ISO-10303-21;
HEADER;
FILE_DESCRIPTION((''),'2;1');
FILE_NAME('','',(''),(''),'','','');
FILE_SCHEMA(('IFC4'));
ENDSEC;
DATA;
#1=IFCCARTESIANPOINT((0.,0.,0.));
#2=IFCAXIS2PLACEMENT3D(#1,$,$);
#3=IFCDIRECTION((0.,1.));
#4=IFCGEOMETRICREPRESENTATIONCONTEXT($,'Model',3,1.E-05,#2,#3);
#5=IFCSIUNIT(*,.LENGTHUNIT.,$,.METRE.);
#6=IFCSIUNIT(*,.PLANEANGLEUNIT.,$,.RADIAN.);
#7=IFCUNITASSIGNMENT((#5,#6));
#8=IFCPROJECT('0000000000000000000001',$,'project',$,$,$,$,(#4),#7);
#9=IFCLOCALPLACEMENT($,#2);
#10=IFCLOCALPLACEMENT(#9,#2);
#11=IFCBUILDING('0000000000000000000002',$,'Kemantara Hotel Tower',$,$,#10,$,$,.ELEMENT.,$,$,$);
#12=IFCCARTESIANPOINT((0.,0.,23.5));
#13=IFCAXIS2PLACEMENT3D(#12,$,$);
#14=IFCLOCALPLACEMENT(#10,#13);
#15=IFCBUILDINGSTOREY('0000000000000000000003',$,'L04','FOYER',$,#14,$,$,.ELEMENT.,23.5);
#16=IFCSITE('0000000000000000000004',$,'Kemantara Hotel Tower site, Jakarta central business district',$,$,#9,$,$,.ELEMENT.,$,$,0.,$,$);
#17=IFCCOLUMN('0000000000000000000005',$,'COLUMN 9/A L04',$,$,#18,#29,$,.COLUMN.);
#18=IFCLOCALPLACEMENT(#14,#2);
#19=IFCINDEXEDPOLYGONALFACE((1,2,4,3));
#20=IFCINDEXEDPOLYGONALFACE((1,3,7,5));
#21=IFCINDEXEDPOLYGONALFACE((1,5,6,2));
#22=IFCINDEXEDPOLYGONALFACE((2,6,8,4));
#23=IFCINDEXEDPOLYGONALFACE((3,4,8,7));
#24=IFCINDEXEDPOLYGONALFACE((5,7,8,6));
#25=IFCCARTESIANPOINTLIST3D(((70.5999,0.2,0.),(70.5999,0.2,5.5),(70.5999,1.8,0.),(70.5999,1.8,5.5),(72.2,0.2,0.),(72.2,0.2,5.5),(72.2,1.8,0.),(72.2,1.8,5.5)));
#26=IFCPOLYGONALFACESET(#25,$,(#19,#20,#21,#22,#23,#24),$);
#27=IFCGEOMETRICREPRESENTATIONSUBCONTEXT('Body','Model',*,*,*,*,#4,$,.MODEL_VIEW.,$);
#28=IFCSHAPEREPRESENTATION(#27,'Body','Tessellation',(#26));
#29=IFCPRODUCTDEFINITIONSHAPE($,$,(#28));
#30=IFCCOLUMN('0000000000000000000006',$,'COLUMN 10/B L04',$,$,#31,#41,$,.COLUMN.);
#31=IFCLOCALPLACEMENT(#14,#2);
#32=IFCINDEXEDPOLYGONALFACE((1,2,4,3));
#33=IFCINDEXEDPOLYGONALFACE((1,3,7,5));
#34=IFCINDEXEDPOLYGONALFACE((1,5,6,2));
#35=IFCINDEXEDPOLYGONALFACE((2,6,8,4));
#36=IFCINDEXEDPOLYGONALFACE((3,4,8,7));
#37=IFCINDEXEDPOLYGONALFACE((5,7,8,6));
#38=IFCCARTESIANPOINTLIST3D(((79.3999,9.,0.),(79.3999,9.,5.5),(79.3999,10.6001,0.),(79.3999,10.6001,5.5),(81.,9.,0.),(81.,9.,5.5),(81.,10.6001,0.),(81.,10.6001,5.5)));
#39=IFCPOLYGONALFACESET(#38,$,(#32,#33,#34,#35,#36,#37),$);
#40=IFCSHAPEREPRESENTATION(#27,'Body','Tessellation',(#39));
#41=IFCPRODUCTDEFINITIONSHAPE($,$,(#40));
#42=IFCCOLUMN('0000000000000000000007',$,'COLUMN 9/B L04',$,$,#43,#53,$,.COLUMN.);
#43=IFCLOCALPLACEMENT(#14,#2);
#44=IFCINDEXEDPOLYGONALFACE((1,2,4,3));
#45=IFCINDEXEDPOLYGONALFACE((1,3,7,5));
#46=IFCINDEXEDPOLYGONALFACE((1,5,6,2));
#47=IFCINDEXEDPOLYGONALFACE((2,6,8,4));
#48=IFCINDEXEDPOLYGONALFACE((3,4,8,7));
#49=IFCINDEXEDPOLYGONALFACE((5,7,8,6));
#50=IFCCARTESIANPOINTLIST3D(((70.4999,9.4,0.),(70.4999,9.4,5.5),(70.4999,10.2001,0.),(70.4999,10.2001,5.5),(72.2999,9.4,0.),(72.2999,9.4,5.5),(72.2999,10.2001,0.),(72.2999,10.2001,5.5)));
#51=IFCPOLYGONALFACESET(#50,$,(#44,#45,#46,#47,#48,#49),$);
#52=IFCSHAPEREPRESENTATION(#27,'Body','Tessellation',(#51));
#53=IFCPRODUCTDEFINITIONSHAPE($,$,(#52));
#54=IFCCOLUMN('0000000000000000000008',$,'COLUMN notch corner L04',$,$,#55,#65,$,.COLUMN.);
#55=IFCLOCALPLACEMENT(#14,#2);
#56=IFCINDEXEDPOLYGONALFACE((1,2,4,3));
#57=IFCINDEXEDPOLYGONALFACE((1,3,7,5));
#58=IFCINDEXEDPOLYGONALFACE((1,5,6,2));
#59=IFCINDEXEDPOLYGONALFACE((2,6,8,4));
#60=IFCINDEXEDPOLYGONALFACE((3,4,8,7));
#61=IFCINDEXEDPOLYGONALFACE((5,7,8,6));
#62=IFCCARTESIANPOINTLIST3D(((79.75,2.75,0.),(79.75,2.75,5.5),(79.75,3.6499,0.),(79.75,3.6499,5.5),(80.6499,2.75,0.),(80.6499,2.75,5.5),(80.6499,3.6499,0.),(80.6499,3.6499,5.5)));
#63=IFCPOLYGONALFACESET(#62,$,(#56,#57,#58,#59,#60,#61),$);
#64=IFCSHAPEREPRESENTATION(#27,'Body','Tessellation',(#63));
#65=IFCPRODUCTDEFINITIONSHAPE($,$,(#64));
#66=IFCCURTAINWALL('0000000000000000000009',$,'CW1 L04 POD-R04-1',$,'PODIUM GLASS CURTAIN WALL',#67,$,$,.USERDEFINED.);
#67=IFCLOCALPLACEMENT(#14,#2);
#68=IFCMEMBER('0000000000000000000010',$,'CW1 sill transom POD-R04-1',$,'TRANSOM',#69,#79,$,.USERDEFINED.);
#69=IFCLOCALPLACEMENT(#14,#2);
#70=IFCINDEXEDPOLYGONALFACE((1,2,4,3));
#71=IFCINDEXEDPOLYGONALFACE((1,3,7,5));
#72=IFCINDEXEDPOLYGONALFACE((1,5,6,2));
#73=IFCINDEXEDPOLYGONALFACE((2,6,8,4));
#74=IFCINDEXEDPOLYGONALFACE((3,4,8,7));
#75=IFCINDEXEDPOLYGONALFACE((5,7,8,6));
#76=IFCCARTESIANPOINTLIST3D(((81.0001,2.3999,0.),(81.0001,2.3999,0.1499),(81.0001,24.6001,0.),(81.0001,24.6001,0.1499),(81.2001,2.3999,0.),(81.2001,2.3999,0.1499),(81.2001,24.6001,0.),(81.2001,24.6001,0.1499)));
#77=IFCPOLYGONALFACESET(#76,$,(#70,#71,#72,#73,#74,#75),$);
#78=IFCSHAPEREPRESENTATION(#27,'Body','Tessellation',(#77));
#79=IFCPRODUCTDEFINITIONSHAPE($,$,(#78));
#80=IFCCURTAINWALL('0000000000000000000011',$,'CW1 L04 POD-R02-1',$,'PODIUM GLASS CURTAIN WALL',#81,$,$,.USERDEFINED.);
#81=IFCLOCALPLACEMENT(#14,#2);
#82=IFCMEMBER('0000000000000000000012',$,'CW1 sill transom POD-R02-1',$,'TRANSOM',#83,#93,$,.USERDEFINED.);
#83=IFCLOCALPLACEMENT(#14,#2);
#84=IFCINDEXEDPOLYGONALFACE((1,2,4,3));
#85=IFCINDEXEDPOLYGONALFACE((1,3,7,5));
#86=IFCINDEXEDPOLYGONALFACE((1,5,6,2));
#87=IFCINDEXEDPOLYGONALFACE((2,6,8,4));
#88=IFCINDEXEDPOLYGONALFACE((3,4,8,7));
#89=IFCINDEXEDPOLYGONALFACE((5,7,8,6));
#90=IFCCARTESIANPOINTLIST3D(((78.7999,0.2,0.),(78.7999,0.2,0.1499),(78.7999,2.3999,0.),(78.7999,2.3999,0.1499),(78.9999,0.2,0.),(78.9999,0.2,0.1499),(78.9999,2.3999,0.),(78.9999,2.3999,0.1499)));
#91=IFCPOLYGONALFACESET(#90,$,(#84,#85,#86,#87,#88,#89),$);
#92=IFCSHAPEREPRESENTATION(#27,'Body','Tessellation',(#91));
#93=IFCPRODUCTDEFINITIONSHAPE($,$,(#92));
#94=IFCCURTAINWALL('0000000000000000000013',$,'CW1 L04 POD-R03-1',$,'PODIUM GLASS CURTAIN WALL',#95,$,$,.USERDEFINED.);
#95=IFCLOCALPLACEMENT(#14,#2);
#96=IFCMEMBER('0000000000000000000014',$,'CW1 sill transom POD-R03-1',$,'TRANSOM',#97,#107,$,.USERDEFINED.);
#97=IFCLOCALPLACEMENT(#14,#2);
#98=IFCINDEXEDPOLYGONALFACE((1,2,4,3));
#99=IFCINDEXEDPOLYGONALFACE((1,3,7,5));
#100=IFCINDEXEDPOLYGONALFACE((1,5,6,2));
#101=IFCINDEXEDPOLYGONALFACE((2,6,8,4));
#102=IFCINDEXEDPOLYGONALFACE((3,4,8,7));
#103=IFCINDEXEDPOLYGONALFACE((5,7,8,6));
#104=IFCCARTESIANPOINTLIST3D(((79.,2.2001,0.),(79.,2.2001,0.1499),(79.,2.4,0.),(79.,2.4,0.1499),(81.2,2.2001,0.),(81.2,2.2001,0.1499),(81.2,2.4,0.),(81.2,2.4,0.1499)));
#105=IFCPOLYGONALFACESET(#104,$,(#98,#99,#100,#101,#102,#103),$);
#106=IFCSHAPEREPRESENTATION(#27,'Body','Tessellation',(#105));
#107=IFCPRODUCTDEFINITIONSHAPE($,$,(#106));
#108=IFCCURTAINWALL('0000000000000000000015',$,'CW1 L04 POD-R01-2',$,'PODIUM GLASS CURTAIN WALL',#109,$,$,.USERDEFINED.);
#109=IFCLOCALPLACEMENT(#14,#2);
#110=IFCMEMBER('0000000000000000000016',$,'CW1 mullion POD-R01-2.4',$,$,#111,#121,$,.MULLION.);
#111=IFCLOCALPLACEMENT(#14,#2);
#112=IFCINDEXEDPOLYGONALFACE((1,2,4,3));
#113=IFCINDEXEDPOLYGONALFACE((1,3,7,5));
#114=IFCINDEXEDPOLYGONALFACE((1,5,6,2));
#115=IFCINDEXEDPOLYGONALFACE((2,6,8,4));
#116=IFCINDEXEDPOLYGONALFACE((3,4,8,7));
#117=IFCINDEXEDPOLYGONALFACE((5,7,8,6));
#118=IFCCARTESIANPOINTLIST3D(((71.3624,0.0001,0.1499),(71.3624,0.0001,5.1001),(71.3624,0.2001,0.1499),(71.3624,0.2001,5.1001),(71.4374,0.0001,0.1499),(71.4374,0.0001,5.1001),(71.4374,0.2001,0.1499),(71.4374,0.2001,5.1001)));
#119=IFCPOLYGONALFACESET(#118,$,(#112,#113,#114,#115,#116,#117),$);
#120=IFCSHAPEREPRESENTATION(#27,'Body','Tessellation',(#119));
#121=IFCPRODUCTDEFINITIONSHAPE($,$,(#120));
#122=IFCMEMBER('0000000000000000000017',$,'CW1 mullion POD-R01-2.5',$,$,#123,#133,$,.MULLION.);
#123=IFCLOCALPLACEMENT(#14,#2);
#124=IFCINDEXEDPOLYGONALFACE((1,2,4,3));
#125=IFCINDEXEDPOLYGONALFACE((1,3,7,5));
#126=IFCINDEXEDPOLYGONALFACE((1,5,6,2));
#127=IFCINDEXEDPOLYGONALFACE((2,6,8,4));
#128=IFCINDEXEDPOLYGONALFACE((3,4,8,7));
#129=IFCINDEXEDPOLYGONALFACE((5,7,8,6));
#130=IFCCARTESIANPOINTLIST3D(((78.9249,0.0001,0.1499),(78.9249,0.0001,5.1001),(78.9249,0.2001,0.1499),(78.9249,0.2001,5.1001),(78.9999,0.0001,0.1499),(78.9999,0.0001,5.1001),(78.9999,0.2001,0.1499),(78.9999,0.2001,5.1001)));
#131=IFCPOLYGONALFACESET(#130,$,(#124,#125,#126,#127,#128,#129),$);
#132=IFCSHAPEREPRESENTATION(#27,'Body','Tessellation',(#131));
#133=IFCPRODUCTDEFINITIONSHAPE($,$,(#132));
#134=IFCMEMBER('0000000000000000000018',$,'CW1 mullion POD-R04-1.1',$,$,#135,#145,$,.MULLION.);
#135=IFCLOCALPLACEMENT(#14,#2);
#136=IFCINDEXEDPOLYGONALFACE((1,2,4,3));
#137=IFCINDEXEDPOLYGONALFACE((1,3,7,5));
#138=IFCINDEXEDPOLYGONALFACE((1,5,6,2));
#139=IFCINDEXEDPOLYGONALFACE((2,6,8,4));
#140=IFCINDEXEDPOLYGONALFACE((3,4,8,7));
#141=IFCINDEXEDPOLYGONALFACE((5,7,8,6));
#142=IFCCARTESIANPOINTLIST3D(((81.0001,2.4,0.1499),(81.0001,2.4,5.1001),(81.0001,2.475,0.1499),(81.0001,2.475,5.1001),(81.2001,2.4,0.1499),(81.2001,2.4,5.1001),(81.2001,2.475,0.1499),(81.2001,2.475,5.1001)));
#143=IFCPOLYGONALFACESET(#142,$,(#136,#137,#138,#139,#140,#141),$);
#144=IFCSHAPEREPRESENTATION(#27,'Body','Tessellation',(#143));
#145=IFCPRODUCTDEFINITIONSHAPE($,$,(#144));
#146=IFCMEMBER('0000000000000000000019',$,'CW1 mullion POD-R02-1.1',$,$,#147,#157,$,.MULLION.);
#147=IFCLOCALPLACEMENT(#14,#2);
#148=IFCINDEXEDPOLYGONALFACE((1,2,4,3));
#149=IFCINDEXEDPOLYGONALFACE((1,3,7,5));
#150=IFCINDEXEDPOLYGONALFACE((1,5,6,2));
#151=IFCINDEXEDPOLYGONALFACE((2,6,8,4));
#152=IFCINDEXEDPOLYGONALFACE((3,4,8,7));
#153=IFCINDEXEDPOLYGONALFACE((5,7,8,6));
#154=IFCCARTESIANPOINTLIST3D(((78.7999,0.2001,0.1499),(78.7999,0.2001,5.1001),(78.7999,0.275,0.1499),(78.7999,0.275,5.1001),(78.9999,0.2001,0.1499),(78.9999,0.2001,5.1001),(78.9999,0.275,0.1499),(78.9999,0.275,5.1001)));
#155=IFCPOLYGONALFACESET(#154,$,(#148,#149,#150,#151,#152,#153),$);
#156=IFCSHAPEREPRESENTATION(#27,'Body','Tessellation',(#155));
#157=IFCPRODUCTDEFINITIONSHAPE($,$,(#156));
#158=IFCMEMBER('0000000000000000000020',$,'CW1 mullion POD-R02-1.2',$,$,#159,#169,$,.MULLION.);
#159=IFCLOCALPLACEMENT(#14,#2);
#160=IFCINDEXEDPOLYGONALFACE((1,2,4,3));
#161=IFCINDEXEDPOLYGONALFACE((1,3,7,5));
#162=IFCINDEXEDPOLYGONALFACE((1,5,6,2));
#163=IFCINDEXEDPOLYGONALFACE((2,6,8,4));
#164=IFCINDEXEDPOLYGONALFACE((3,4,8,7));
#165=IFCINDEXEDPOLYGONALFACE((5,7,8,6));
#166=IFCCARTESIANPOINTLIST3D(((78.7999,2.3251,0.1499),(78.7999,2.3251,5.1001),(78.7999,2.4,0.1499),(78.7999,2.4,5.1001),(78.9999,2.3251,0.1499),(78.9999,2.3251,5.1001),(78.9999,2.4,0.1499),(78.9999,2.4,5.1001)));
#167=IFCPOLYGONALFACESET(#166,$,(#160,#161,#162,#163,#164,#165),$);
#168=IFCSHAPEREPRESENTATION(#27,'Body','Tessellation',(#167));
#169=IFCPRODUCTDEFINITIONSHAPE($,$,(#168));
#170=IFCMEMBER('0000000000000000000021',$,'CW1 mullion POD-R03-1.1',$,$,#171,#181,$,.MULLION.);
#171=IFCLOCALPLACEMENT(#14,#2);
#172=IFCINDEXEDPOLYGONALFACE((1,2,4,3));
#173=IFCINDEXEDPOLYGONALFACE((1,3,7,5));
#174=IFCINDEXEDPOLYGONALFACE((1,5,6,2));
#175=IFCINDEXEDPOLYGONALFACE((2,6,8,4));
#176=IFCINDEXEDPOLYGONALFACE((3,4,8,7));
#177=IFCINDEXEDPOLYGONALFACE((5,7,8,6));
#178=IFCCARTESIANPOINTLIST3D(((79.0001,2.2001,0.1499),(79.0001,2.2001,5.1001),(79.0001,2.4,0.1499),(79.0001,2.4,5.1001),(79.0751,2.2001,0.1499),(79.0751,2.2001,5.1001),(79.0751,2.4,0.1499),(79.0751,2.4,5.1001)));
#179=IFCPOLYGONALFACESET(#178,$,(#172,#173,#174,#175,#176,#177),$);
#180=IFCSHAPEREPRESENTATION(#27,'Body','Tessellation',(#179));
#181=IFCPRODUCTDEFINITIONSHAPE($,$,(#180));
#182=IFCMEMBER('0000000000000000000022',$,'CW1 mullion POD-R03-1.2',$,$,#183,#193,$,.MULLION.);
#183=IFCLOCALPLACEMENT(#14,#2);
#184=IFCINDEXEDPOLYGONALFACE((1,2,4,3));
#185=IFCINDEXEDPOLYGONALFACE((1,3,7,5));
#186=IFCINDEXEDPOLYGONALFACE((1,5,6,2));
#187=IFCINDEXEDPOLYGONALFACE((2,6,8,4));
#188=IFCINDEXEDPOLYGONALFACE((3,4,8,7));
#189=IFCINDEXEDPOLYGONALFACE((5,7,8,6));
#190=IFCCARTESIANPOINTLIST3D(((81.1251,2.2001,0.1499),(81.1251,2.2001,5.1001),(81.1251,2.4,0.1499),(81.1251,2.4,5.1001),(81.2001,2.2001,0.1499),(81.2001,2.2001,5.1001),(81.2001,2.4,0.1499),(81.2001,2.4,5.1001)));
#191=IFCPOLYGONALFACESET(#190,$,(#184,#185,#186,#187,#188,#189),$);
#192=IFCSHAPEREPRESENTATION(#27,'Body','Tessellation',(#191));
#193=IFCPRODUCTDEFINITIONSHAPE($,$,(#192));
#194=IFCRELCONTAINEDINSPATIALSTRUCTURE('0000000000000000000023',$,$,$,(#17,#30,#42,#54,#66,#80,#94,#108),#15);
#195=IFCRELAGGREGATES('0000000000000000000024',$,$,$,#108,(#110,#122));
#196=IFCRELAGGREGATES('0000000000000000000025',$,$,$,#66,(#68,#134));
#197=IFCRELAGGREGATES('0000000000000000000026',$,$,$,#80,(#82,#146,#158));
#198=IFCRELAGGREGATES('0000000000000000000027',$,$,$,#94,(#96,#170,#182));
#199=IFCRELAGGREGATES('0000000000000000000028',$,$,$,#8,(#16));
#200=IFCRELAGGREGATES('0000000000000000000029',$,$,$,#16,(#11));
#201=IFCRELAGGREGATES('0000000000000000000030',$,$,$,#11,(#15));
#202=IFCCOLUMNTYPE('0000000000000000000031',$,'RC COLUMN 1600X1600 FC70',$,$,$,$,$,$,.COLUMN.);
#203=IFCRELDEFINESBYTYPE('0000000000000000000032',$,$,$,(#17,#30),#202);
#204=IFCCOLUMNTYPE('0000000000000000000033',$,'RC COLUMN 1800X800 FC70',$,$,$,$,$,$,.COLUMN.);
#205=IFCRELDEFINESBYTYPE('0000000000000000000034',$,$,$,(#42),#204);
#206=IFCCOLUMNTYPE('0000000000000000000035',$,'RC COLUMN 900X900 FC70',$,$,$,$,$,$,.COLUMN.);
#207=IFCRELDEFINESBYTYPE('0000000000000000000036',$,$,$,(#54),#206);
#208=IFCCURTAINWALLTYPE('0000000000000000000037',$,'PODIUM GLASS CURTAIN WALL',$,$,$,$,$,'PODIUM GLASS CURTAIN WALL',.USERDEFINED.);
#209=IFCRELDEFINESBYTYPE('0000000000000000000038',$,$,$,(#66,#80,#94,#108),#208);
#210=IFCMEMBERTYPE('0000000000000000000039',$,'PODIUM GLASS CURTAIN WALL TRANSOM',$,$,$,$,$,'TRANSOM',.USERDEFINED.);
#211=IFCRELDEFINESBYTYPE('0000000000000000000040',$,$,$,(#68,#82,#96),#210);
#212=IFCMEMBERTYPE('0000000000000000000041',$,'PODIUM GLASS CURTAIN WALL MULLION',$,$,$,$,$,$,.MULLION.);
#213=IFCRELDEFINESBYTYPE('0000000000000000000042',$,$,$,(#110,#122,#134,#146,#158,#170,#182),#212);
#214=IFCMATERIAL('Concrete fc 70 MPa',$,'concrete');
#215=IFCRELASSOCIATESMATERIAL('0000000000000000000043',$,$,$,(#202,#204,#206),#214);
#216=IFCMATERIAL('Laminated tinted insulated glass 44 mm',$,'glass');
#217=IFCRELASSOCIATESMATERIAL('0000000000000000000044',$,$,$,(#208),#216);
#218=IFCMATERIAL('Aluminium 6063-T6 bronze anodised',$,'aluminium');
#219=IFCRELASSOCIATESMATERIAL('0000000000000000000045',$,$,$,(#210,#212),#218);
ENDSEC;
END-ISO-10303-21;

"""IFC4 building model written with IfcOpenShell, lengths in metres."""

from ifc_helpers import new_model, si_unit, direction, frame, origin, origin_2d, place, context, subcontext, project, spatial, rectangle, extrude, source, transform, mapped, material, material_profile, profile_set, type_object, element, aggregate, save


model = new_model("IFC4")

# Units and contexts
model_context = context("Model", 3, precision=1e-05, world=origin(), true_north=direction((0.0, 1.0)))
body_context = subcontext(model_context, "Body", "Model", "MODEL_VIEW")
ifc_project = project(units=[si_unit("LENGTHUNIT", "METRE"), si_unit("PLANEANGLEUNIT", "RADIAN")], contexts=[model_context])

# Site, building, storey
site_placement = place(None, origin())
site = spatial("IfcSite", under=ifc_project, at=site_placement, Name="Kemantara Hotel Tower site, Jakarta central business district", CompositionType="ELEMENT", RefElevation=0.0)
building_placement = place(site_placement, origin())
building = spatial("IfcBuilding", under=site, at=building_placement, Name="Kemantara Hotel Tower", CompositionType="ELEMENT")
storey_placement = place(building_placement, frame((0.0, 0.0, 23.5)))
storey = spatial("IfcBuildingStorey", under=building, at=storey_placement, Name="L04", Description="FOYER", CompositionType="ELEMENT", Elevation=23.5)

# Columns
ifc_material_1 = material(Name="Concrete fc 70 MPa", Category="concrete")
ifc_material_profile_1 = material_profile(ifc_material_1, rectangle(XDim=1.6001, YDim=1.6001, at=origin_2d()), Name="RC 1600X1600")
ifc_profile_set_1 = profile_set([ifc_material_profile_1], Name="Concrete fc 70 MPa")
column_type_1 = type_object("IfcColumnType", Name="RC COLUMN 1600X1600 FC70", PredefinedType="COLUMN", material=ifc_profile_set_1)
for number, where, z_axis, x_axis, name in (
    (1, (71.3999, 1.0, 0.0), (0.0, 0.0, 1.0), (1.0, 0.0, 0.0), "COLUMN 9/A L04"),
    (2, (80.2, 9.8, 0.0), (0.0, 0.0, 1.0), (1.0, 0.0, 0.0), "COLUMN 10/B L04"),
):
    element("IfcColumn", number, at=place(storey_placement, frame(where, z_axis=z_axis, x_axis=x_axis)), inside=storey, type_object=column_type_1, Name=name, PredefinedType="COLUMN", context=body_context, shape_type="SweptSolid", body=[
        extrude(rectangle(XDim=1.6001, YDim=1.6001, at=origin_2d()), origin(), (0.0, 0.0, 1.0), 5.5),
    ])
ifc_material_profile_2 = material_profile(ifc_material_1, rectangle(XDim=1.8, YDim=0.8, at=origin_2d()), Name="RC 1800X800")
ifc_profile_set_2 = profile_set([ifc_material_profile_2], Name="Concrete fc 70 MPa")
column_type_2 = type_object("IfcColumnType", Name="RC COLUMN 1800X800 FC70", PredefinedType="COLUMN", material=ifc_profile_set_2)
column_1_placement = place(storey_placement, frame((71.3999, 9.8, 0.0), z_axis=(0.0, 0.0, 1.0), x_axis=(1.0, 0.0, 0.0)))
element("IfcColumn", 3, at=column_1_placement, inside=storey, type_object=column_type_2, Name="COLUMN 9/B L04", PredefinedType="COLUMN", context=body_context, shape_type="SweptSolid", body=[
    extrude(rectangle(XDim=1.8, YDim=0.8, at=origin_2d()), origin(), (0.0, 0.0, 1.0), 5.5),
])
ifc_material_profile_3 = material_profile(ifc_material_1, rectangle(XDim=0.8999, YDim=0.8999, at=origin_2d()), Name="RC 900X900")
ifc_profile_set_3 = profile_set([ifc_material_profile_3], Name="Concrete fc 70 MPa")
column_type_3 = type_object("IfcColumnType", Name="RC COLUMN 900X900 FC70", PredefinedType="COLUMN", material=ifc_profile_set_3)
column_2_placement = place(storey_placement, frame((80.2, 3.2, 0.0), z_axis=(0.0, 0.0, 1.0), x_axis=(1.0, 0.0, 0.0)))
element("IfcColumn", 4, at=column_2_placement, inside=storey, type_object=column_type_3, Name="COLUMN notch corner L04", PredefinedType="COLUMN", context=body_context, shape_type="SweptSolid", body=[
    extrude(rectangle(XDim=0.8999, YDim=0.8999, at=origin_2d()), origin(), (0.0, 0.0, 1.0), 5.5),
])

# Curtain walls, members
ifc_material_2 = material(Name="Laminated tinted insulated glass 44 mm", Category="glass")
curtain_wall_type = type_object("IfcCurtainWallType", Name="PODIUM GLASS CURTAIN WALL", ElementType="PODIUM GLASS CURTAIN WALL", PredefinedType="USERDEFINED", material=ifc_material_2)
curtain_wall_1_placement = place(storey_placement, origin())
curtain_wall_1 = element("IfcCurtainWall", 5, at=curtain_wall_1_placement, inside=storey, type_object=curtain_wall_type, Name="CW1 L04 POD-R04-1", ObjectType="PODIUM GLASS CURTAIN WALL", PredefinedType="USERDEFINED")
ifc_material_3 = material(Name="Aluminium 6063-T6 bronze anodised", Category="aluminium")
ifc_material_profile_4 = material_profile(ifc_material_3, rectangle(XDim=0.2, YDim=0.1499, at=origin_2d()), Name="PODIUM GLASS CURTAIN WALL TRANSOM")
ifc_profile_set_4 = profile_set([ifc_material_profile_4], Name="Aluminium 6063-T6 bronze anodised")
member_type_1 = type_object("IfcMemberType", Name="PODIUM GLASS CURTAIN WALL TRANSOM", ElementType="TRANSOM", PredefinedType="USERDEFINED", material=ifc_profile_set_4)
member_1_placement = place(storey_placement, frame((81.1001, 2.3999, 0.075), z_axis=(0.0, 1.0, 0.0), x_axis=(-1.0, 0.0, 0.0)))
member_1 = element("IfcMember", 6, at=member_1_placement, type_object=member_type_1, Name="CW1 sill transom POD-R04-1", ObjectType="TRANSOM", PredefinedType="USERDEFINED", context=body_context, shape_type="SweptSolid", body=[
    extrude(rectangle(XDim=0.2, YDim=0.1499, at=origin_2d()), origin(), (0.0, 0.0, 1.0), 22.2002),
])
curtain_wall_2_placement = place(storey_placement, origin())
curtain_wall_2 = element("IfcCurtainWall", 7, at=curtain_wall_2_placement, inside=storey, type_object=curtain_wall_type, Name="CW1 L04 POD-R02-1", ObjectType="PODIUM GLASS CURTAIN WALL", PredefinedType="USERDEFINED")
member_2_placement = place(storey_placement, frame((78.8999, 0.2, 0.075), z_axis=(0.0, 1.0, 0.0), x_axis=(-1.0, 0.0, 0.0)))
member_2 = element("IfcMember", 8, at=member_2_placement, type_object=member_type_1, Name="CW1 sill transom POD-R02-1", ObjectType="TRANSOM", PredefinedType="USERDEFINED", context=body_context, shape_type="SweptSolid", body=[
    extrude(rectangle(XDim=0.2, YDim=0.1499, at=origin_2d()), origin(), (0.0, 0.0, 1.0), 2.2),
])
curtain_wall_3_placement = place(storey_placement, origin())
curtain_wall_3 = element("IfcCurtainWall", 9, at=curtain_wall_3_placement, inside=storey, type_object=curtain_wall_type, Name="CW1 L04 POD-R03-1", ObjectType="PODIUM GLASS CURTAIN WALL", PredefinedType="USERDEFINED")
member_3_placement = place(storey_placement, frame((79.0, 2.3, 0.075), z_axis=(1.0, 0.0, 0.0), x_axis=(0.0, 1.0, 0.0)))
member_3 = element("IfcMember", 10, at=member_3_placement, type_object=member_type_1, Name="CW1 sill transom POD-R03-1", ObjectType="TRANSOM", PredefinedType="USERDEFINED", context=body_context, shape_type="SweptSolid", body=[
    extrude(rectangle(XDim=0.2, YDim=0.1499, at=origin_2d()), origin(), (0.0, 0.0, 1.0), 2.2),
])

# Curtain wall, members
curtain_wall_4_placement = place(storey_placement, origin())
curtain_wall_4 = element("IfcCurtainWall", 11, at=curtain_wall_4_placement, inside=storey, type_object=curtain_wall_type, Name="CW1 L04 POD-R01-2", ObjectType="PODIUM GLASS CURTAIN WALL", PredefinedType="USERDEFINED")
ifc_material_profile_5 = material_profile(ifc_material_3, rectangle(XDim=0.2, YDim=0.075, at=origin_2d()), Name="PODIUM GLASS CURTAIN WALL MULLION")
ifc_profile_set_5 = profile_set([ifc_material_profile_5], Name="Aluminium 6063-T6 bronze anodised")
member_type_2 = type_object("IfcMemberType", Name="PODIUM GLASS CURTAIN WALL MULLION", PredefinedType="MULLION", material=ifc_profile_set_5)
shared_shape_1 = source(origin(), body_context, "Body", "SweptSolid", [
    extrude(rectangle(XDim=0.2, YDim=0.075, at=origin_2d()), origin(), (0.0, 0.0, 1.0), 4.9502),
])
member_4_placement = place(storey_placement, frame((71.3999, 0.1001, 0.1499), z_axis=(0.0, 0.0, 1.0), x_axis=(0.0, 1.0, 0.0)))
member_4 = element("IfcMember", 12, at=member_4_placement, type_object=member_type_2, Name="CW1 mullion POD-R01-2.4", PredefinedType="MULLION", context=body_context, shape_type="MappedRepresentation", body=[
    mapped(shared_shape_1, transform((0.0, 0.0, 0.0))),
])
member_5_placement = place(storey_placement, frame((78.9624, 0.1001, 0.1499), z_axis=(0.0, 0.0, 1.0), x_axis=(0.0, 1.0, 0.0)))
member_5 = element("IfcMember", 13, at=member_5_placement, type_object=member_type_2, Name="CW1 mullion POD-R01-2.5", PredefinedType="MULLION", context=body_context, shape_type="MappedRepresentation", body=[
    mapped(shared_shape_1, transform((0.0, 0.0, 0.0))),
])

# Members
member_6_placement = place(storey_placement, frame((81.1001, 2.4375, 0.1499), z_axis=(0.0, 0.0, 1.0), x_axis=(-1.0, 0.0, 0.0)))
member_6 = element("IfcMember", 14, at=member_6_placement, type_object=member_type_2, Name="CW1 mullion POD-R04-1.1", PredefinedType="MULLION", context=body_context, shape_type="MappedRepresentation", body=[
    mapped(shared_shape_1, transform((0.0, 0.0, 0.0))),
])
member_7_placement = place(storey_placement, frame((78.8999, 0.2375, 0.1499), z_axis=(0.0, 0.0, 1.0), x_axis=(-1.0, 0.0, 0.0)))
member_7 = element("IfcMember", 15, at=member_7_placement, type_object=member_type_2, Name="CW1 mullion POD-R02-1.1", PredefinedType="MULLION", context=body_context, shape_type="MappedRepresentation", body=[
    mapped(shared_shape_1, transform((0.0, 0.0, 0.0))),
])
member_8_placement = place(storey_placement, frame((78.8999, 2.3625, 0.1499), z_axis=(0.0, 0.0, 1.0), x_axis=(-1.0, 0.0, 0.0)))
member_8 = element("IfcMember", 16, at=member_8_placement, type_object=member_type_2, Name="CW1 mullion POD-R02-1.2", PredefinedType="MULLION", context=body_context, shape_type="MappedRepresentation", body=[
    mapped(shared_shape_1, transform((0.0, 0.0, 0.0))),
])
member_9_placement = place(storey_placement, frame((79.0376, 2.3, 0.1499), z_axis=(0.0, 0.0, 1.0), x_axis=(0.0, 1.0, 0.0)))
member_9 = element("IfcMember", 17, at=member_9_placement, type_object=member_type_2, Name="CW1 mullion POD-R03-1.1", PredefinedType="MULLION", context=body_context, shape_type="MappedRepresentation", body=[
    mapped(shared_shape_1, transform((0.0, 0.0, 0.0))),
])
member_10_placement = place(storey_placement, frame((81.1626, 2.3, 0.1499), z_axis=(0.0, 0.0, 1.0), x_axis=(0.0, 1.0, 0.0)))
member_10 = element("IfcMember", 18, at=member_10_placement, type_object=member_type_2, Name="CW1 mullion POD-R03-1.2", PredefinedType="MULLION", context=body_context, shape_type="MappedRepresentation", body=[
    mapped(shared_shape_1, transform((0.0, 0.0, 0.0))),
])

aggregate(curtain_wall_4, [member_4, member_5])
aggregate(curtain_wall_1, [member_1, member_6])
aggregate(curtain_wall_2, [member_2, member_7, member_8])
aggregate(curtain_wall_3, [member_3, member_9, member_10])

save(model, "model.ifc")
